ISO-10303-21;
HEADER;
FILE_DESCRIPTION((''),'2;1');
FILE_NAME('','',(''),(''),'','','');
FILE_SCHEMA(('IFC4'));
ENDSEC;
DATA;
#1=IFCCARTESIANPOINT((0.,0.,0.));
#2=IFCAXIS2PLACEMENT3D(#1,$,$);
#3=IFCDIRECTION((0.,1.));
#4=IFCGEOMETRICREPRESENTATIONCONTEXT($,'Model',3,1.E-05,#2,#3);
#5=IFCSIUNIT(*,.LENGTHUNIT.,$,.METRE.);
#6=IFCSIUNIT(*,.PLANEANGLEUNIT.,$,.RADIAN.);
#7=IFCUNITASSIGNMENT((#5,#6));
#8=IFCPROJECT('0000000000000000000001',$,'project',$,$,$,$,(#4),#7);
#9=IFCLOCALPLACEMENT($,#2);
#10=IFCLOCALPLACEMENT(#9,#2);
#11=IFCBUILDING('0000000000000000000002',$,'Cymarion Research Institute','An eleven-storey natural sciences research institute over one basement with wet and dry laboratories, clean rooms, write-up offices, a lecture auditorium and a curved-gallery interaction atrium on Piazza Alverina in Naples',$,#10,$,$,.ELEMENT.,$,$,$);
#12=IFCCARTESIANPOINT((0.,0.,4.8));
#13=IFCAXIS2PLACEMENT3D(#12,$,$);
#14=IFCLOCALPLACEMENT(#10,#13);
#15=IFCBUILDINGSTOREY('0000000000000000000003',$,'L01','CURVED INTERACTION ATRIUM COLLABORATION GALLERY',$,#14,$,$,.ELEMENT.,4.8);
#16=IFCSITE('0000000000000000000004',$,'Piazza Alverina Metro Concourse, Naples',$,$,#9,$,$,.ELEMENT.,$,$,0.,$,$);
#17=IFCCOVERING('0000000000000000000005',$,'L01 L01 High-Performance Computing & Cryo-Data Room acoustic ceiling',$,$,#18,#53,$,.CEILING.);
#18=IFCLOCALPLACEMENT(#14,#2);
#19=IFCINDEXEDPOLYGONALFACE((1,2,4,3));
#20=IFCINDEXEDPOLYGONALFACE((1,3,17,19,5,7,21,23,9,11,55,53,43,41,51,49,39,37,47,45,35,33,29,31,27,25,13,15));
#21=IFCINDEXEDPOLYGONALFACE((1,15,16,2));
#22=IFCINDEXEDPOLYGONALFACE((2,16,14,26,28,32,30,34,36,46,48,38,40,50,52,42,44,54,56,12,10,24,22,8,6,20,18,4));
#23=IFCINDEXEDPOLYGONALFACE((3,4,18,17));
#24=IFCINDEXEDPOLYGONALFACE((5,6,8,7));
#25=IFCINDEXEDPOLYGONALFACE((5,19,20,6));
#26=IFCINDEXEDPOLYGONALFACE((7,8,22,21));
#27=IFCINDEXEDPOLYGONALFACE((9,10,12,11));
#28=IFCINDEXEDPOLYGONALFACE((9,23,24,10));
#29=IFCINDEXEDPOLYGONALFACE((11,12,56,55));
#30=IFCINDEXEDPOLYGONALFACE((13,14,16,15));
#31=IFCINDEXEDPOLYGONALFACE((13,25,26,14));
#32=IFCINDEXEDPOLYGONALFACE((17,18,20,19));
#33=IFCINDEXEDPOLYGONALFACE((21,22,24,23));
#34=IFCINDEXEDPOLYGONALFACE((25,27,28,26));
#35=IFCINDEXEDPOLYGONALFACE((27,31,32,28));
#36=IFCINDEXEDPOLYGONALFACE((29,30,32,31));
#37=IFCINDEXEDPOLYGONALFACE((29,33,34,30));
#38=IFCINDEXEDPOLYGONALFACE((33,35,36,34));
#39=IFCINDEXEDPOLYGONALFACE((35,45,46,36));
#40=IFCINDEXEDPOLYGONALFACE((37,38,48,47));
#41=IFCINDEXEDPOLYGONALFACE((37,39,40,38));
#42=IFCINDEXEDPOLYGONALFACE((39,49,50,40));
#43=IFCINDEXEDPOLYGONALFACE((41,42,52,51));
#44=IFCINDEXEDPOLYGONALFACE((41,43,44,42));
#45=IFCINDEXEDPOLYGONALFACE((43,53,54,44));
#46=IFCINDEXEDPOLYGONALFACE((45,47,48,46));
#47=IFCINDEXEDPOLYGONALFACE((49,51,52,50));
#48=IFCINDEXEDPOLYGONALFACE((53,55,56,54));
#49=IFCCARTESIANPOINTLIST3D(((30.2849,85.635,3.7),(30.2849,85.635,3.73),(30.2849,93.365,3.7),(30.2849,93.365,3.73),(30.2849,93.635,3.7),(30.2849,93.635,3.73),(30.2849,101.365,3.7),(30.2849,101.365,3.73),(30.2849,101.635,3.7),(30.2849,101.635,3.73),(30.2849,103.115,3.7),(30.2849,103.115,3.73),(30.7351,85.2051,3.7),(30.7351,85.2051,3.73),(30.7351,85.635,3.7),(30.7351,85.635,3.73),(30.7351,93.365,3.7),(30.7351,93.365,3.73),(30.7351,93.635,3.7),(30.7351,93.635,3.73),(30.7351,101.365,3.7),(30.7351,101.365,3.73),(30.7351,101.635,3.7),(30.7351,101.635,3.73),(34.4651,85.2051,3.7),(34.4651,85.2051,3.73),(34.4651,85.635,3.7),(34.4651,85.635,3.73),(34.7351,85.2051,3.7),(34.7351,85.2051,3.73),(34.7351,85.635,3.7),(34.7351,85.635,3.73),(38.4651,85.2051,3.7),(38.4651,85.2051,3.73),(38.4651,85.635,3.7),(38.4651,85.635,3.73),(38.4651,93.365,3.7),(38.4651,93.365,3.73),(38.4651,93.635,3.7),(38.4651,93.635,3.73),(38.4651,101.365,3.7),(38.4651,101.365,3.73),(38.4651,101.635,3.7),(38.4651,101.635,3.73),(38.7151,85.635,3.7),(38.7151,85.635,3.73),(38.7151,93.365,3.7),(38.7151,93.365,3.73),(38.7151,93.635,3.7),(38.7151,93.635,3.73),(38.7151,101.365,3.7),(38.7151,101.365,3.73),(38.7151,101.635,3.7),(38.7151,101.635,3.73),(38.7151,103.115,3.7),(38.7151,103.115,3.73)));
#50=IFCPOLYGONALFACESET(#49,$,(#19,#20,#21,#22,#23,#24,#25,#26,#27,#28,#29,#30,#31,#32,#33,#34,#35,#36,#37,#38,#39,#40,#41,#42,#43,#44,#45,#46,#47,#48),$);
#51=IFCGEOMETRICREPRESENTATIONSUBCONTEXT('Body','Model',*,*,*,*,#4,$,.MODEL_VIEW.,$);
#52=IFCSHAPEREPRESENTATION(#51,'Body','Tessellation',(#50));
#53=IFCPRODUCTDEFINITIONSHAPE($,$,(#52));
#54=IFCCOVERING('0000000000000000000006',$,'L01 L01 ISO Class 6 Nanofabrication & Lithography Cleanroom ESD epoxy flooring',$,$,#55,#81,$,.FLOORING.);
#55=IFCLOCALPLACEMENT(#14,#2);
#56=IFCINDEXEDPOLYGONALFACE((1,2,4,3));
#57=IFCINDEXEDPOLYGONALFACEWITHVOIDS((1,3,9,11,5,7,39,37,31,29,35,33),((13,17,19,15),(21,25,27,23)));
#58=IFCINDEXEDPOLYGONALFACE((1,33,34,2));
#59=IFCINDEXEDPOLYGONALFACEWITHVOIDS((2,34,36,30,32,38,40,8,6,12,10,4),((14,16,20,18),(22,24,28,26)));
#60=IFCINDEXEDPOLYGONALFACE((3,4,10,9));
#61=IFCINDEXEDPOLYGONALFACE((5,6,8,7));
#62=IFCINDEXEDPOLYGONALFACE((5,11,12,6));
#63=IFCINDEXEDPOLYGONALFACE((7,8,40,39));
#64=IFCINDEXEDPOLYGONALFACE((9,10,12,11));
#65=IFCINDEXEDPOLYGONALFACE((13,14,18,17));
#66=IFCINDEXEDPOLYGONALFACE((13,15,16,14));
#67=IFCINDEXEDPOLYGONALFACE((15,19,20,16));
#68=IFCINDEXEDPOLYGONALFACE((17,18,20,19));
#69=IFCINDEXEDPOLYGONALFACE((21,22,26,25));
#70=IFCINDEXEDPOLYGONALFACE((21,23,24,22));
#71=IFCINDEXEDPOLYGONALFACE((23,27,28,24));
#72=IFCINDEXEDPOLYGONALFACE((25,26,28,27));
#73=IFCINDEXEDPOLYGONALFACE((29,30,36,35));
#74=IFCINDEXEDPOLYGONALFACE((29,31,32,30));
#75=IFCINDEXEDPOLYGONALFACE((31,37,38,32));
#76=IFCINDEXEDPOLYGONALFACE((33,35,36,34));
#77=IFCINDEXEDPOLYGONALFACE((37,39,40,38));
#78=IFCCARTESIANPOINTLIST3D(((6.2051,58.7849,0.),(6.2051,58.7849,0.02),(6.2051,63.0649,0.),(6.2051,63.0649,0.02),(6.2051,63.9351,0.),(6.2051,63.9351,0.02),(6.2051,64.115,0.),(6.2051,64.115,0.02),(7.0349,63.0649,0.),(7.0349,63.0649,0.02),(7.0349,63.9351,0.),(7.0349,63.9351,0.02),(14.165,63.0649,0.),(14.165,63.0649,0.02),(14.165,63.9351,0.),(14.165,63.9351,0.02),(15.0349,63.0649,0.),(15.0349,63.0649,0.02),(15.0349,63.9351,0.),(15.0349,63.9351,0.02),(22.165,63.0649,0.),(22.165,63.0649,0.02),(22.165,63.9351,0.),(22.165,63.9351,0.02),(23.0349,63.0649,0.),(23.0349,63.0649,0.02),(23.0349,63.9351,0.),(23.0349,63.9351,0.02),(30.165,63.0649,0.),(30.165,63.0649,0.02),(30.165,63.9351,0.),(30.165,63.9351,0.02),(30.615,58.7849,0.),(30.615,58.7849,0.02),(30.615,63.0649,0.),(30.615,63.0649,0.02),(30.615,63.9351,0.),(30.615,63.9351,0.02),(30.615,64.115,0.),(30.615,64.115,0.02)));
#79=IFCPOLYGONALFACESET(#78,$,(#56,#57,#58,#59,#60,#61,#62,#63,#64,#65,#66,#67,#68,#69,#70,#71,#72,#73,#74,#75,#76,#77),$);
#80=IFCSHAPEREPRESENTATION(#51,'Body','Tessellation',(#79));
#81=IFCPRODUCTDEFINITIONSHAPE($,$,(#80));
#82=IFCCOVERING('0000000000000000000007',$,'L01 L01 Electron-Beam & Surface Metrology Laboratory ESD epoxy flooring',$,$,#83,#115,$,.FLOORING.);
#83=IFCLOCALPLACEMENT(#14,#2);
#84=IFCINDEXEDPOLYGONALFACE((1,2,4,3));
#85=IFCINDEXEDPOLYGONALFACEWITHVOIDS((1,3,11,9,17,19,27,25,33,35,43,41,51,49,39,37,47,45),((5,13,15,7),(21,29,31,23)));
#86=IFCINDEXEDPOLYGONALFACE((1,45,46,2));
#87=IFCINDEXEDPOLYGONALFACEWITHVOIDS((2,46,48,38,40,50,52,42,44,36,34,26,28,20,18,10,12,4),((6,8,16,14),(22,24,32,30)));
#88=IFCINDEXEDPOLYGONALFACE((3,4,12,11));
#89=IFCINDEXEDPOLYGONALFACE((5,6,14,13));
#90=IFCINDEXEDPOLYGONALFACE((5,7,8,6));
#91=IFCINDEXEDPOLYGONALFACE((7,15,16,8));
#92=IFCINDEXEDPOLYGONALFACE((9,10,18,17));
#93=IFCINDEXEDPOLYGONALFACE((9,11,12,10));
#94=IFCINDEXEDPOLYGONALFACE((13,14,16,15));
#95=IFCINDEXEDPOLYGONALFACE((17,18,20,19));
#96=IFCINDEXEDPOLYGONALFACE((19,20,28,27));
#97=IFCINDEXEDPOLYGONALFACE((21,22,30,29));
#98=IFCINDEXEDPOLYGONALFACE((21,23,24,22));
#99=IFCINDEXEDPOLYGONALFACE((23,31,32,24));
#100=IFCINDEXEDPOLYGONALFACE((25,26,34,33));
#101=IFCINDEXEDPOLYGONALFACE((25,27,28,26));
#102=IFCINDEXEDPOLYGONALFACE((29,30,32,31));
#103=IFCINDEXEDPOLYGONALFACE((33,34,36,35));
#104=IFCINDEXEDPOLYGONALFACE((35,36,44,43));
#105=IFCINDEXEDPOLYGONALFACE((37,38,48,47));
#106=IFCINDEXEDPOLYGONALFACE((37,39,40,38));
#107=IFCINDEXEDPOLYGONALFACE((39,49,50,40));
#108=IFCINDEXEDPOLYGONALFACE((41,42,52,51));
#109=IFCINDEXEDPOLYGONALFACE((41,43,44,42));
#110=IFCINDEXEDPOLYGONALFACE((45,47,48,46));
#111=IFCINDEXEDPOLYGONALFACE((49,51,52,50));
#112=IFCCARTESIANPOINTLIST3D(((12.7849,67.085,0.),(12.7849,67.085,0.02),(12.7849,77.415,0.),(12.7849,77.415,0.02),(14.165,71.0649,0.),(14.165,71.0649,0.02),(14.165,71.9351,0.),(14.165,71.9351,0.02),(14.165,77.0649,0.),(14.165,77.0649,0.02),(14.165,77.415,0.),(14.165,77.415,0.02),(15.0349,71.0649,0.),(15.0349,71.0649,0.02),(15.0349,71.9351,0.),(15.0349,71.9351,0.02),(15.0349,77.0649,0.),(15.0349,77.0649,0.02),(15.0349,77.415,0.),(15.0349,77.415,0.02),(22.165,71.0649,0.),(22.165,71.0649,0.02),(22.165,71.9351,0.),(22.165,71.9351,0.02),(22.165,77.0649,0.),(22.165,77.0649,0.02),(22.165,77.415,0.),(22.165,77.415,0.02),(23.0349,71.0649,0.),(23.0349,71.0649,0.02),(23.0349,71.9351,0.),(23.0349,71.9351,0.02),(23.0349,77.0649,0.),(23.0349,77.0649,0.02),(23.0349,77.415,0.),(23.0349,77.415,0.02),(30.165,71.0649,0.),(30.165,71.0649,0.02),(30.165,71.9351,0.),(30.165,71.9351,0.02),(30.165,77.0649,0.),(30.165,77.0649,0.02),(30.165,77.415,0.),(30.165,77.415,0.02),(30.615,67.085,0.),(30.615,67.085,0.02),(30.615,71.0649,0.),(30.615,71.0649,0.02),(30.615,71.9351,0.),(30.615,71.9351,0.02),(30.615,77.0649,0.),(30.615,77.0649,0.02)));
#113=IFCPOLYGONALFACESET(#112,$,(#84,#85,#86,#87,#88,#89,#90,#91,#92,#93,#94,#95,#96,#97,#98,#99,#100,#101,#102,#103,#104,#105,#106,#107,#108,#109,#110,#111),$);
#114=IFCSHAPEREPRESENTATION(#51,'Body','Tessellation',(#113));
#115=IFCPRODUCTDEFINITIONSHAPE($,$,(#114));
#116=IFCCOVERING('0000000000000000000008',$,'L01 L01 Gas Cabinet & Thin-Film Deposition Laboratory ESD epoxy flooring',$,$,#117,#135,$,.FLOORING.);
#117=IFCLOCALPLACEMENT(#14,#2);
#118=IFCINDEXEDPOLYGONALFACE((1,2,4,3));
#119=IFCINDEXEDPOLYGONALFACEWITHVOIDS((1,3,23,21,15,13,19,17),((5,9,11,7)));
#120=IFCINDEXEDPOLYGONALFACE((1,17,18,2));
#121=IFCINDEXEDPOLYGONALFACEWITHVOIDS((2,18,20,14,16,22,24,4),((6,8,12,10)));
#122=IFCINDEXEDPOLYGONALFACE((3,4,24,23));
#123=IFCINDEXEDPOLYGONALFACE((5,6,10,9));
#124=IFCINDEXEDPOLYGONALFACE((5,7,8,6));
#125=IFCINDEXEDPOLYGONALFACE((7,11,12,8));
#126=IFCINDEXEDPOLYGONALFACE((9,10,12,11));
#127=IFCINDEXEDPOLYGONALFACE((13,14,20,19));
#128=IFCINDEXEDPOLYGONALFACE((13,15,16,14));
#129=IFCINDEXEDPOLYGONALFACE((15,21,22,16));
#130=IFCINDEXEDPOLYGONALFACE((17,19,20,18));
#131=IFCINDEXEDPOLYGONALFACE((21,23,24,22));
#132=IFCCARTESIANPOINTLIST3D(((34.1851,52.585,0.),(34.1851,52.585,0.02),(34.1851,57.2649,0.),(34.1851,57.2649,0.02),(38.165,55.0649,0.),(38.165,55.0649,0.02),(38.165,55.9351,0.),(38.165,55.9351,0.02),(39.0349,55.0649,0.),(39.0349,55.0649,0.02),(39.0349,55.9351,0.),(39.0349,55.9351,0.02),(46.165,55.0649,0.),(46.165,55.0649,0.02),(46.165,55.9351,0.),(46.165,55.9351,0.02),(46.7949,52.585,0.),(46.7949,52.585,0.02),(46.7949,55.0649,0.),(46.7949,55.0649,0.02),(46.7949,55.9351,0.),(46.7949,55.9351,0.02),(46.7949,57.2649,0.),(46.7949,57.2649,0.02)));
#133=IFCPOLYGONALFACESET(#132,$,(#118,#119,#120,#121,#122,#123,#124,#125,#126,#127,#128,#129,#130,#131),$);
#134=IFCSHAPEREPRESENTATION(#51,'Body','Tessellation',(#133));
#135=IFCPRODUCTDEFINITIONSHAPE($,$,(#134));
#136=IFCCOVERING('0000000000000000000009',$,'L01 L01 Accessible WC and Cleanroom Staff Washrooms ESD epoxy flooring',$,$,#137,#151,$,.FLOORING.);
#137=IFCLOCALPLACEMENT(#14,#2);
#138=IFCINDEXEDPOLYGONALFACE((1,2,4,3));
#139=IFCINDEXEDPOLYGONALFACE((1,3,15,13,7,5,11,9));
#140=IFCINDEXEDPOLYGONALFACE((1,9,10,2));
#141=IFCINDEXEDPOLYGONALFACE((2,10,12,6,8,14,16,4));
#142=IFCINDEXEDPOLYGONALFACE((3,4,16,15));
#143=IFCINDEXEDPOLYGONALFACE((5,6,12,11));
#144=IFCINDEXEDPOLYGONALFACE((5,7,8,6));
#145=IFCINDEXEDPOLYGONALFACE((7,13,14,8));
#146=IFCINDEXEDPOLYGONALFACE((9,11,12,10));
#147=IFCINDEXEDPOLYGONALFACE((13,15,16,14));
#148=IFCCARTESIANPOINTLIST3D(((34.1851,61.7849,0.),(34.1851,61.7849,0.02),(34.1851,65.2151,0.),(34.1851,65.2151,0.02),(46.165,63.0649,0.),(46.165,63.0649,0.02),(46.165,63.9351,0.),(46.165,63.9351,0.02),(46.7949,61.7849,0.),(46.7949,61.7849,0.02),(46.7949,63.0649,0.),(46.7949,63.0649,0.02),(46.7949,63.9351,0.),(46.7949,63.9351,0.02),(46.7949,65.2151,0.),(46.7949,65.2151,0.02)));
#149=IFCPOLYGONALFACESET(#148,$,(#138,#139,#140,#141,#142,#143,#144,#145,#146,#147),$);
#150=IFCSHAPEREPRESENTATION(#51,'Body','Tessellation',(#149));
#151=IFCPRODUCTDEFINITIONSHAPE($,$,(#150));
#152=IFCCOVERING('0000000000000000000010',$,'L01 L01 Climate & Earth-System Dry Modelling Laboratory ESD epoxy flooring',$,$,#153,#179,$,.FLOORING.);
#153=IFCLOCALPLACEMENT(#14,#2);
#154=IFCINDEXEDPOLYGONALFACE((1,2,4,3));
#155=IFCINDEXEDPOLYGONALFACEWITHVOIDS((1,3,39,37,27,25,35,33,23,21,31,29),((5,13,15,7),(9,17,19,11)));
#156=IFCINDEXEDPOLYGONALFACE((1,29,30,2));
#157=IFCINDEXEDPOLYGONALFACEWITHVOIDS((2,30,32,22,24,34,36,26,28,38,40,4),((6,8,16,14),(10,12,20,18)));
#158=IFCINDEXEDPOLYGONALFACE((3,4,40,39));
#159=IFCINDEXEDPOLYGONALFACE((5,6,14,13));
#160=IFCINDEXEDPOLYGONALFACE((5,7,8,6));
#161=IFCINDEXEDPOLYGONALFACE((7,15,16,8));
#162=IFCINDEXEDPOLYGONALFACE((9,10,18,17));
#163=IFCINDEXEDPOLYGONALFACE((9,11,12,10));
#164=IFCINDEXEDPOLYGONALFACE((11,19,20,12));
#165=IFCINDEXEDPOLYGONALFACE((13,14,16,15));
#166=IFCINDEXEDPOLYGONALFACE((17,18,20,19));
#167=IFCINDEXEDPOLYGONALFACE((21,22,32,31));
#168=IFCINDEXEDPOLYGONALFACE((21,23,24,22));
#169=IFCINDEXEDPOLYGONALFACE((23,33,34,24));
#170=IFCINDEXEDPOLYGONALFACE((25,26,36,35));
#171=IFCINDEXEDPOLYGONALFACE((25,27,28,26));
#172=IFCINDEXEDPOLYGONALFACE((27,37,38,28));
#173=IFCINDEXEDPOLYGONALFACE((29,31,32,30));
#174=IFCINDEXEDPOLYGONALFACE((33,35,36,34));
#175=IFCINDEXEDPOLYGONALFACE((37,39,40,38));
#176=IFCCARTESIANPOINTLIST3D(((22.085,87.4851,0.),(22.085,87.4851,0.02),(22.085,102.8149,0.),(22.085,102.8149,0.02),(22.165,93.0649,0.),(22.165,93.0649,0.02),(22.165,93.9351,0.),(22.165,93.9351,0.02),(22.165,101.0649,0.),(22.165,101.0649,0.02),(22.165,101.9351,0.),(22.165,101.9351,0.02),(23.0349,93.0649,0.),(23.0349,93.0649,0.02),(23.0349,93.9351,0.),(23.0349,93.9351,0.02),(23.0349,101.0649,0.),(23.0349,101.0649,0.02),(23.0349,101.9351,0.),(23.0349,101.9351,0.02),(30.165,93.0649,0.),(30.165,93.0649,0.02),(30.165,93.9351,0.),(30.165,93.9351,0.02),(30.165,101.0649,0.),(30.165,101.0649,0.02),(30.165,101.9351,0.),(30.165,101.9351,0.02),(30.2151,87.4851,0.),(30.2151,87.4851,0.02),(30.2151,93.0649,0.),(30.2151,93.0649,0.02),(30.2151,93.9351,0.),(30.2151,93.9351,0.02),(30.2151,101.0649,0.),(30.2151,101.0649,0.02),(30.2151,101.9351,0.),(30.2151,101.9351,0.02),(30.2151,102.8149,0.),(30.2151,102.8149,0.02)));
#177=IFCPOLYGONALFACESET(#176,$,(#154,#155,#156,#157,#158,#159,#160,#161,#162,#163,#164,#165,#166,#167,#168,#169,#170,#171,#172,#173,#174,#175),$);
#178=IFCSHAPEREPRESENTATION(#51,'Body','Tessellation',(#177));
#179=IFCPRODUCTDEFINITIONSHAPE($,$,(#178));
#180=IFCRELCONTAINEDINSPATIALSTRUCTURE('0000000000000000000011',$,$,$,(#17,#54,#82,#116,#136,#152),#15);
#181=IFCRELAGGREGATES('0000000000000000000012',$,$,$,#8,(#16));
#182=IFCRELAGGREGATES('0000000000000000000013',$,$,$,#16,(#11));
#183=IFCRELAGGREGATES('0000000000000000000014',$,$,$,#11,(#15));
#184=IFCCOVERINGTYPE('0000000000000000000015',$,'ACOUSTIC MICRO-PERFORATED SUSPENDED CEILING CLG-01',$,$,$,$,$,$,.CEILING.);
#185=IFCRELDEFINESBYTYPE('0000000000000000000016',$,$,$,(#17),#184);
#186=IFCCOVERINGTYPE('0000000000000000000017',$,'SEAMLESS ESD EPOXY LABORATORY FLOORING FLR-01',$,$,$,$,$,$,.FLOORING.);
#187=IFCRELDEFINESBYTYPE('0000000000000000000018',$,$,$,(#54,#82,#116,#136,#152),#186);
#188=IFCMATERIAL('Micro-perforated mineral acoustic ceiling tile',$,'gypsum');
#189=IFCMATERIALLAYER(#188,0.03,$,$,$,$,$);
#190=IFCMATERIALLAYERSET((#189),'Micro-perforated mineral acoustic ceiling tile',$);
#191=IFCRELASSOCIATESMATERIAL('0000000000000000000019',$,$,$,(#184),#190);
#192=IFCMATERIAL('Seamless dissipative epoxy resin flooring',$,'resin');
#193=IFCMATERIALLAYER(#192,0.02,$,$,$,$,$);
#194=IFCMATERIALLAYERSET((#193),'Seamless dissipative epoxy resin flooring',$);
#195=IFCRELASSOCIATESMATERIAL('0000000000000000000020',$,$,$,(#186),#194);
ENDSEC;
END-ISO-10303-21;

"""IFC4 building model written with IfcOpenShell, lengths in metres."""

from ifc_helpers import new_model, si_unit, direction, frame, origin, place, context, subcontext, project, spatial, polyline, outline, extrude, material, layer, layer_set, type_object, element, save


model = new_model("IFC4")

# Units and contexts
model_context = context("Model", 3, precision=1e-05, world=origin(), true_north=direction((0.0, 1.0)))
body_context = subcontext(model_context, "Body", "Model", "MODEL_VIEW")
ifc_project = project(units=[si_unit("LENGTHUNIT", "METRE"), si_unit("PLANEANGLEUNIT", "RADIAN")], contexts=[model_context])

# Site, building, storey
site_placement = place(None, origin())
site = spatial("IfcSite", under=ifc_project, at=site_placement, Name="Piazza Alverina Metro Concourse, Naples", CompositionType="ELEMENT", RefElevation=0.0)
building_placement = place(site_placement, origin())
building = spatial("IfcBuilding", under=site, at=building_placement, Name="Cymarion Research Institute", Description="An eleven-storey natural sciences research institute over one basement with wet and dry laboratories, clean rooms, write-up offices, a lecture auditorium and a curved-gallery interaction atrium on Piazza Alverina in Naples", CompositionType="ELEMENT")
storey_placement = place(building_placement, frame((0.0, 0.0, 4.8)))
storey = spatial("IfcBuildingStorey", under=building, at=storey_placement, Name="L01", Description="CURVED INTERACTION ATRIUM COLLABORATION GALLERY", CompositionType="ELEMENT", Elevation=4.8)

# Coverings
ifc_material_1 = material(Name="Micro-perforated mineral acoustic ceiling tile", Category="gypsum")
ifc_layer_1 = layer(ifc_material_1, 0.03)
ifc_layer_set_1 = layer_set([ifc_layer_1], Name="Micro-perforated mineral acoustic ceiling tile")
covering_type_1 = type_object("IfcCoveringType", Name="ACOUSTIC MICRO-PERFORATED SUSPENDED CEILING CLG-01", PredefinedType="CEILING", material=ifc_layer_set_1)
covering_1_placement = place(storey_placement, frame((0.0, 0.0, 3.7)))
element("IfcCovering", 1, at=covering_1_placement, inside=storey, type_object=covering_type_1, Name="L01 L01 High-Performance Computing & Cryo-Data Room acoustic ceiling", PredefinedType="CEILING", context=body_context, shape_type="SweptSolid", body=[
    extrude(outline(polyline([(38.7151, 101.635), (38.4651, 101.635), (38.4651, 101.365), (38.7151, 101.365), (38.7151, 93.635), (38.4651, 93.635), (38.4651, 93.365), (38.7151, 93.365), (38.7151, 85.635), (38.4651, 85.635), (38.4651, 85.2051), (34.7351, 85.2051), (34.7351, 85.635), (34.4651, 85.635), (34.4651, 85.2051), (30.7351, 85.2051), (30.7351, 85.635), (30.2849, 85.635), (30.2849, 93.365), (30.7351, 93.365), (30.7351, 93.635), (30.2849, 93.635), (30.2849, 101.365), (30.7351, 101.365), (30.7351, 101.635), (30.2849, 101.635), (30.2849, 103.115), (38.7151, 103.115), (38.7151, 101.635)])), origin(), (0.0, 0.0, 1.0), 0.03),
])
ifc_material_2 = material(Name="Seamless dissipative epoxy resin flooring", Category="resin")
ifc_layer_2 = layer(ifc_material_2, 0.02)
ifc_layer_set_2 = layer_set([ifc_layer_2], Name="Seamless dissipative epoxy resin flooring")
covering_type_2 = type_object("IfcCoveringType", Name="SEAMLESS ESD EPOXY LABORATORY FLOORING FLR-01", PredefinedType="FLOORING", material=ifc_layer_set_2)
covering_2_placement = place(storey_placement, origin())
element("IfcCovering", 2, at=covering_2_placement, inside=storey, type_object=covering_type_2, Name="L01 L01 ISO Class 6 Nanofabrication & Lithography Cleanroom ESD epoxy flooring", PredefinedType="FLOORING", context=body_context, shape_type="SweptSolid", body=[
    extrude(outline(polyline([(6.2051, 63.0649), (7.0349, 63.0649), (7.0349, 63.9351), (6.2051, 63.9351), (6.2051, 64.115), (30.615, 64.115), (30.615, 63.9351), (30.165, 63.9351), (30.165, 63.0649), (30.615, 63.0649), (30.615, 58.7849), (6.2051, 58.7849), (6.2051, 63.0649)]), holes=[polyline([(23.0349, 63.9351), (22.165, 63.9351), (22.165, 63.0649), (23.0349, 63.0649), (23.0349, 63.9351)]), polyline([(15.0349, 63.9351), (14.165, 63.9351), (14.165, 63.0649), (15.0349, 63.0649), (15.0349, 63.9351)])]), origin(), (0.0, 0.0, 1.0), 0.02),
])
covering_3_placement = place(storey_placement, origin())
element("IfcCovering", 3, at=covering_3_placement, inside=storey, type_object=covering_type_2, Name="L01 L01 Electron-Beam & Surface Metrology Laboratory ESD epoxy flooring", PredefinedType="FLOORING", context=body_context, shape_type="SweptSolid", body=[
    extrude(outline(polyline([(12.7849, 77.415), (14.165, 77.415), (14.165, 77.0649), (15.0349, 77.0649), (15.0349, 77.415), (22.165, 77.415), (22.165, 77.0649), (23.0349, 77.0649), (23.0349, 77.415), (30.165, 77.415), (30.165, 77.0649), (30.615, 77.0649), (30.615, 71.9351), (30.165, 71.9351), (30.165, 71.0649), (30.615, 71.0649), (30.615, 67.085), (12.7849, 67.085), (12.7849, 77.415)]), holes=[polyline([(23.0349, 71.9351), (22.165, 71.9351), (22.165, 71.0649), (23.0349, 71.0649), (23.0349, 71.9351)]), polyline([(15.0349, 71.9351), (14.165, 71.9351), (14.165, 71.0649), (15.0349, 71.0649), (15.0349, 71.9351)])]), origin(), (0.0, 0.0, 1.0), 0.02),
])
covering_4_placement = place(storey_placement, origin())
element("IfcCovering", 4, at=covering_4_placement, inside=storey, type_object=covering_type_2, Name="L01 L01 Gas Cabinet & Thin-Film Deposition Laboratory ESD epoxy flooring", PredefinedType="FLOORING", context=body_context, shape_type="SweptSolid", body=[
    extrude(outline(polyline([(34.1851, 57.2649), (46.7949, 57.2649), (46.7949, 55.9351), (46.165, 55.9351), (46.165, 55.0649), (46.7949, 55.0649), (46.7949, 52.585), (34.1851, 52.585), (34.1851, 57.2649)]), holes=[polyline([(39.0349, 55.9351), (38.165, 55.9351), (38.165, 55.0649), (39.0349, 55.0649), (39.0349, 55.9351)])]), origin(), (0.0, 0.0, 1.0), 0.02),
])
covering_5_placement = place(storey_placement, origin())
element("IfcCovering", 5, at=covering_5_placement, inside=storey, type_object=covering_type_2, Name="L01 L01 Accessible WC and Cleanroom Staff Washrooms ESD epoxy flooring", PredefinedType="FLOORING", context=body_context, shape_type="SweptSolid", body=[
    extrude(outline(polyline([(34.1851, 65.2151), (46.7949, 65.2151), (46.7949, 63.9351), (46.165, 63.9351), (46.165, 63.0649), (46.7949, 63.0649), (46.7949, 61.7849), (34.1851, 61.7849), (34.1851, 65.2151)])), origin(), (0.0, 0.0, 1.0), 0.02),
])
covering_6_placement = place(storey_placement, origin())
element("IfcCovering", 6, at=covering_6_placement, inside=storey, type_object=covering_type_2, Name="L01 L01 Climate & Earth-System Dry Modelling Laboratory ESD epoxy flooring", PredefinedType="FLOORING", context=body_context, shape_type="SweptSolid", body=[
    extrude(outline(polyline([(22.085, 102.8149), (30.2151, 102.8149), (30.2151, 101.9351), (30.165, 101.9351), (30.165, 101.0649), (30.2151, 101.0649), (30.2151, 93.9351), (30.165, 93.9351), (30.165, 93.0649), (30.2151, 93.0649), (30.2151, 87.4851), (22.085, 87.4851), (22.085, 102.8149)]), holes=[polyline([(23.0349, 93.9351), (22.165, 93.9351), (22.165, 93.0649), (23.0349, 93.0649), (23.0349, 93.9351)]), polyline([(23.0349, 101.9351), (22.165, 101.9351), (22.165, 101.0649), (23.0349, 101.0649), (23.0349, 101.9351)])]), origin(), (0.0, 0.0, 1.0), 0.02),
])

save(model, "model.ifc")
